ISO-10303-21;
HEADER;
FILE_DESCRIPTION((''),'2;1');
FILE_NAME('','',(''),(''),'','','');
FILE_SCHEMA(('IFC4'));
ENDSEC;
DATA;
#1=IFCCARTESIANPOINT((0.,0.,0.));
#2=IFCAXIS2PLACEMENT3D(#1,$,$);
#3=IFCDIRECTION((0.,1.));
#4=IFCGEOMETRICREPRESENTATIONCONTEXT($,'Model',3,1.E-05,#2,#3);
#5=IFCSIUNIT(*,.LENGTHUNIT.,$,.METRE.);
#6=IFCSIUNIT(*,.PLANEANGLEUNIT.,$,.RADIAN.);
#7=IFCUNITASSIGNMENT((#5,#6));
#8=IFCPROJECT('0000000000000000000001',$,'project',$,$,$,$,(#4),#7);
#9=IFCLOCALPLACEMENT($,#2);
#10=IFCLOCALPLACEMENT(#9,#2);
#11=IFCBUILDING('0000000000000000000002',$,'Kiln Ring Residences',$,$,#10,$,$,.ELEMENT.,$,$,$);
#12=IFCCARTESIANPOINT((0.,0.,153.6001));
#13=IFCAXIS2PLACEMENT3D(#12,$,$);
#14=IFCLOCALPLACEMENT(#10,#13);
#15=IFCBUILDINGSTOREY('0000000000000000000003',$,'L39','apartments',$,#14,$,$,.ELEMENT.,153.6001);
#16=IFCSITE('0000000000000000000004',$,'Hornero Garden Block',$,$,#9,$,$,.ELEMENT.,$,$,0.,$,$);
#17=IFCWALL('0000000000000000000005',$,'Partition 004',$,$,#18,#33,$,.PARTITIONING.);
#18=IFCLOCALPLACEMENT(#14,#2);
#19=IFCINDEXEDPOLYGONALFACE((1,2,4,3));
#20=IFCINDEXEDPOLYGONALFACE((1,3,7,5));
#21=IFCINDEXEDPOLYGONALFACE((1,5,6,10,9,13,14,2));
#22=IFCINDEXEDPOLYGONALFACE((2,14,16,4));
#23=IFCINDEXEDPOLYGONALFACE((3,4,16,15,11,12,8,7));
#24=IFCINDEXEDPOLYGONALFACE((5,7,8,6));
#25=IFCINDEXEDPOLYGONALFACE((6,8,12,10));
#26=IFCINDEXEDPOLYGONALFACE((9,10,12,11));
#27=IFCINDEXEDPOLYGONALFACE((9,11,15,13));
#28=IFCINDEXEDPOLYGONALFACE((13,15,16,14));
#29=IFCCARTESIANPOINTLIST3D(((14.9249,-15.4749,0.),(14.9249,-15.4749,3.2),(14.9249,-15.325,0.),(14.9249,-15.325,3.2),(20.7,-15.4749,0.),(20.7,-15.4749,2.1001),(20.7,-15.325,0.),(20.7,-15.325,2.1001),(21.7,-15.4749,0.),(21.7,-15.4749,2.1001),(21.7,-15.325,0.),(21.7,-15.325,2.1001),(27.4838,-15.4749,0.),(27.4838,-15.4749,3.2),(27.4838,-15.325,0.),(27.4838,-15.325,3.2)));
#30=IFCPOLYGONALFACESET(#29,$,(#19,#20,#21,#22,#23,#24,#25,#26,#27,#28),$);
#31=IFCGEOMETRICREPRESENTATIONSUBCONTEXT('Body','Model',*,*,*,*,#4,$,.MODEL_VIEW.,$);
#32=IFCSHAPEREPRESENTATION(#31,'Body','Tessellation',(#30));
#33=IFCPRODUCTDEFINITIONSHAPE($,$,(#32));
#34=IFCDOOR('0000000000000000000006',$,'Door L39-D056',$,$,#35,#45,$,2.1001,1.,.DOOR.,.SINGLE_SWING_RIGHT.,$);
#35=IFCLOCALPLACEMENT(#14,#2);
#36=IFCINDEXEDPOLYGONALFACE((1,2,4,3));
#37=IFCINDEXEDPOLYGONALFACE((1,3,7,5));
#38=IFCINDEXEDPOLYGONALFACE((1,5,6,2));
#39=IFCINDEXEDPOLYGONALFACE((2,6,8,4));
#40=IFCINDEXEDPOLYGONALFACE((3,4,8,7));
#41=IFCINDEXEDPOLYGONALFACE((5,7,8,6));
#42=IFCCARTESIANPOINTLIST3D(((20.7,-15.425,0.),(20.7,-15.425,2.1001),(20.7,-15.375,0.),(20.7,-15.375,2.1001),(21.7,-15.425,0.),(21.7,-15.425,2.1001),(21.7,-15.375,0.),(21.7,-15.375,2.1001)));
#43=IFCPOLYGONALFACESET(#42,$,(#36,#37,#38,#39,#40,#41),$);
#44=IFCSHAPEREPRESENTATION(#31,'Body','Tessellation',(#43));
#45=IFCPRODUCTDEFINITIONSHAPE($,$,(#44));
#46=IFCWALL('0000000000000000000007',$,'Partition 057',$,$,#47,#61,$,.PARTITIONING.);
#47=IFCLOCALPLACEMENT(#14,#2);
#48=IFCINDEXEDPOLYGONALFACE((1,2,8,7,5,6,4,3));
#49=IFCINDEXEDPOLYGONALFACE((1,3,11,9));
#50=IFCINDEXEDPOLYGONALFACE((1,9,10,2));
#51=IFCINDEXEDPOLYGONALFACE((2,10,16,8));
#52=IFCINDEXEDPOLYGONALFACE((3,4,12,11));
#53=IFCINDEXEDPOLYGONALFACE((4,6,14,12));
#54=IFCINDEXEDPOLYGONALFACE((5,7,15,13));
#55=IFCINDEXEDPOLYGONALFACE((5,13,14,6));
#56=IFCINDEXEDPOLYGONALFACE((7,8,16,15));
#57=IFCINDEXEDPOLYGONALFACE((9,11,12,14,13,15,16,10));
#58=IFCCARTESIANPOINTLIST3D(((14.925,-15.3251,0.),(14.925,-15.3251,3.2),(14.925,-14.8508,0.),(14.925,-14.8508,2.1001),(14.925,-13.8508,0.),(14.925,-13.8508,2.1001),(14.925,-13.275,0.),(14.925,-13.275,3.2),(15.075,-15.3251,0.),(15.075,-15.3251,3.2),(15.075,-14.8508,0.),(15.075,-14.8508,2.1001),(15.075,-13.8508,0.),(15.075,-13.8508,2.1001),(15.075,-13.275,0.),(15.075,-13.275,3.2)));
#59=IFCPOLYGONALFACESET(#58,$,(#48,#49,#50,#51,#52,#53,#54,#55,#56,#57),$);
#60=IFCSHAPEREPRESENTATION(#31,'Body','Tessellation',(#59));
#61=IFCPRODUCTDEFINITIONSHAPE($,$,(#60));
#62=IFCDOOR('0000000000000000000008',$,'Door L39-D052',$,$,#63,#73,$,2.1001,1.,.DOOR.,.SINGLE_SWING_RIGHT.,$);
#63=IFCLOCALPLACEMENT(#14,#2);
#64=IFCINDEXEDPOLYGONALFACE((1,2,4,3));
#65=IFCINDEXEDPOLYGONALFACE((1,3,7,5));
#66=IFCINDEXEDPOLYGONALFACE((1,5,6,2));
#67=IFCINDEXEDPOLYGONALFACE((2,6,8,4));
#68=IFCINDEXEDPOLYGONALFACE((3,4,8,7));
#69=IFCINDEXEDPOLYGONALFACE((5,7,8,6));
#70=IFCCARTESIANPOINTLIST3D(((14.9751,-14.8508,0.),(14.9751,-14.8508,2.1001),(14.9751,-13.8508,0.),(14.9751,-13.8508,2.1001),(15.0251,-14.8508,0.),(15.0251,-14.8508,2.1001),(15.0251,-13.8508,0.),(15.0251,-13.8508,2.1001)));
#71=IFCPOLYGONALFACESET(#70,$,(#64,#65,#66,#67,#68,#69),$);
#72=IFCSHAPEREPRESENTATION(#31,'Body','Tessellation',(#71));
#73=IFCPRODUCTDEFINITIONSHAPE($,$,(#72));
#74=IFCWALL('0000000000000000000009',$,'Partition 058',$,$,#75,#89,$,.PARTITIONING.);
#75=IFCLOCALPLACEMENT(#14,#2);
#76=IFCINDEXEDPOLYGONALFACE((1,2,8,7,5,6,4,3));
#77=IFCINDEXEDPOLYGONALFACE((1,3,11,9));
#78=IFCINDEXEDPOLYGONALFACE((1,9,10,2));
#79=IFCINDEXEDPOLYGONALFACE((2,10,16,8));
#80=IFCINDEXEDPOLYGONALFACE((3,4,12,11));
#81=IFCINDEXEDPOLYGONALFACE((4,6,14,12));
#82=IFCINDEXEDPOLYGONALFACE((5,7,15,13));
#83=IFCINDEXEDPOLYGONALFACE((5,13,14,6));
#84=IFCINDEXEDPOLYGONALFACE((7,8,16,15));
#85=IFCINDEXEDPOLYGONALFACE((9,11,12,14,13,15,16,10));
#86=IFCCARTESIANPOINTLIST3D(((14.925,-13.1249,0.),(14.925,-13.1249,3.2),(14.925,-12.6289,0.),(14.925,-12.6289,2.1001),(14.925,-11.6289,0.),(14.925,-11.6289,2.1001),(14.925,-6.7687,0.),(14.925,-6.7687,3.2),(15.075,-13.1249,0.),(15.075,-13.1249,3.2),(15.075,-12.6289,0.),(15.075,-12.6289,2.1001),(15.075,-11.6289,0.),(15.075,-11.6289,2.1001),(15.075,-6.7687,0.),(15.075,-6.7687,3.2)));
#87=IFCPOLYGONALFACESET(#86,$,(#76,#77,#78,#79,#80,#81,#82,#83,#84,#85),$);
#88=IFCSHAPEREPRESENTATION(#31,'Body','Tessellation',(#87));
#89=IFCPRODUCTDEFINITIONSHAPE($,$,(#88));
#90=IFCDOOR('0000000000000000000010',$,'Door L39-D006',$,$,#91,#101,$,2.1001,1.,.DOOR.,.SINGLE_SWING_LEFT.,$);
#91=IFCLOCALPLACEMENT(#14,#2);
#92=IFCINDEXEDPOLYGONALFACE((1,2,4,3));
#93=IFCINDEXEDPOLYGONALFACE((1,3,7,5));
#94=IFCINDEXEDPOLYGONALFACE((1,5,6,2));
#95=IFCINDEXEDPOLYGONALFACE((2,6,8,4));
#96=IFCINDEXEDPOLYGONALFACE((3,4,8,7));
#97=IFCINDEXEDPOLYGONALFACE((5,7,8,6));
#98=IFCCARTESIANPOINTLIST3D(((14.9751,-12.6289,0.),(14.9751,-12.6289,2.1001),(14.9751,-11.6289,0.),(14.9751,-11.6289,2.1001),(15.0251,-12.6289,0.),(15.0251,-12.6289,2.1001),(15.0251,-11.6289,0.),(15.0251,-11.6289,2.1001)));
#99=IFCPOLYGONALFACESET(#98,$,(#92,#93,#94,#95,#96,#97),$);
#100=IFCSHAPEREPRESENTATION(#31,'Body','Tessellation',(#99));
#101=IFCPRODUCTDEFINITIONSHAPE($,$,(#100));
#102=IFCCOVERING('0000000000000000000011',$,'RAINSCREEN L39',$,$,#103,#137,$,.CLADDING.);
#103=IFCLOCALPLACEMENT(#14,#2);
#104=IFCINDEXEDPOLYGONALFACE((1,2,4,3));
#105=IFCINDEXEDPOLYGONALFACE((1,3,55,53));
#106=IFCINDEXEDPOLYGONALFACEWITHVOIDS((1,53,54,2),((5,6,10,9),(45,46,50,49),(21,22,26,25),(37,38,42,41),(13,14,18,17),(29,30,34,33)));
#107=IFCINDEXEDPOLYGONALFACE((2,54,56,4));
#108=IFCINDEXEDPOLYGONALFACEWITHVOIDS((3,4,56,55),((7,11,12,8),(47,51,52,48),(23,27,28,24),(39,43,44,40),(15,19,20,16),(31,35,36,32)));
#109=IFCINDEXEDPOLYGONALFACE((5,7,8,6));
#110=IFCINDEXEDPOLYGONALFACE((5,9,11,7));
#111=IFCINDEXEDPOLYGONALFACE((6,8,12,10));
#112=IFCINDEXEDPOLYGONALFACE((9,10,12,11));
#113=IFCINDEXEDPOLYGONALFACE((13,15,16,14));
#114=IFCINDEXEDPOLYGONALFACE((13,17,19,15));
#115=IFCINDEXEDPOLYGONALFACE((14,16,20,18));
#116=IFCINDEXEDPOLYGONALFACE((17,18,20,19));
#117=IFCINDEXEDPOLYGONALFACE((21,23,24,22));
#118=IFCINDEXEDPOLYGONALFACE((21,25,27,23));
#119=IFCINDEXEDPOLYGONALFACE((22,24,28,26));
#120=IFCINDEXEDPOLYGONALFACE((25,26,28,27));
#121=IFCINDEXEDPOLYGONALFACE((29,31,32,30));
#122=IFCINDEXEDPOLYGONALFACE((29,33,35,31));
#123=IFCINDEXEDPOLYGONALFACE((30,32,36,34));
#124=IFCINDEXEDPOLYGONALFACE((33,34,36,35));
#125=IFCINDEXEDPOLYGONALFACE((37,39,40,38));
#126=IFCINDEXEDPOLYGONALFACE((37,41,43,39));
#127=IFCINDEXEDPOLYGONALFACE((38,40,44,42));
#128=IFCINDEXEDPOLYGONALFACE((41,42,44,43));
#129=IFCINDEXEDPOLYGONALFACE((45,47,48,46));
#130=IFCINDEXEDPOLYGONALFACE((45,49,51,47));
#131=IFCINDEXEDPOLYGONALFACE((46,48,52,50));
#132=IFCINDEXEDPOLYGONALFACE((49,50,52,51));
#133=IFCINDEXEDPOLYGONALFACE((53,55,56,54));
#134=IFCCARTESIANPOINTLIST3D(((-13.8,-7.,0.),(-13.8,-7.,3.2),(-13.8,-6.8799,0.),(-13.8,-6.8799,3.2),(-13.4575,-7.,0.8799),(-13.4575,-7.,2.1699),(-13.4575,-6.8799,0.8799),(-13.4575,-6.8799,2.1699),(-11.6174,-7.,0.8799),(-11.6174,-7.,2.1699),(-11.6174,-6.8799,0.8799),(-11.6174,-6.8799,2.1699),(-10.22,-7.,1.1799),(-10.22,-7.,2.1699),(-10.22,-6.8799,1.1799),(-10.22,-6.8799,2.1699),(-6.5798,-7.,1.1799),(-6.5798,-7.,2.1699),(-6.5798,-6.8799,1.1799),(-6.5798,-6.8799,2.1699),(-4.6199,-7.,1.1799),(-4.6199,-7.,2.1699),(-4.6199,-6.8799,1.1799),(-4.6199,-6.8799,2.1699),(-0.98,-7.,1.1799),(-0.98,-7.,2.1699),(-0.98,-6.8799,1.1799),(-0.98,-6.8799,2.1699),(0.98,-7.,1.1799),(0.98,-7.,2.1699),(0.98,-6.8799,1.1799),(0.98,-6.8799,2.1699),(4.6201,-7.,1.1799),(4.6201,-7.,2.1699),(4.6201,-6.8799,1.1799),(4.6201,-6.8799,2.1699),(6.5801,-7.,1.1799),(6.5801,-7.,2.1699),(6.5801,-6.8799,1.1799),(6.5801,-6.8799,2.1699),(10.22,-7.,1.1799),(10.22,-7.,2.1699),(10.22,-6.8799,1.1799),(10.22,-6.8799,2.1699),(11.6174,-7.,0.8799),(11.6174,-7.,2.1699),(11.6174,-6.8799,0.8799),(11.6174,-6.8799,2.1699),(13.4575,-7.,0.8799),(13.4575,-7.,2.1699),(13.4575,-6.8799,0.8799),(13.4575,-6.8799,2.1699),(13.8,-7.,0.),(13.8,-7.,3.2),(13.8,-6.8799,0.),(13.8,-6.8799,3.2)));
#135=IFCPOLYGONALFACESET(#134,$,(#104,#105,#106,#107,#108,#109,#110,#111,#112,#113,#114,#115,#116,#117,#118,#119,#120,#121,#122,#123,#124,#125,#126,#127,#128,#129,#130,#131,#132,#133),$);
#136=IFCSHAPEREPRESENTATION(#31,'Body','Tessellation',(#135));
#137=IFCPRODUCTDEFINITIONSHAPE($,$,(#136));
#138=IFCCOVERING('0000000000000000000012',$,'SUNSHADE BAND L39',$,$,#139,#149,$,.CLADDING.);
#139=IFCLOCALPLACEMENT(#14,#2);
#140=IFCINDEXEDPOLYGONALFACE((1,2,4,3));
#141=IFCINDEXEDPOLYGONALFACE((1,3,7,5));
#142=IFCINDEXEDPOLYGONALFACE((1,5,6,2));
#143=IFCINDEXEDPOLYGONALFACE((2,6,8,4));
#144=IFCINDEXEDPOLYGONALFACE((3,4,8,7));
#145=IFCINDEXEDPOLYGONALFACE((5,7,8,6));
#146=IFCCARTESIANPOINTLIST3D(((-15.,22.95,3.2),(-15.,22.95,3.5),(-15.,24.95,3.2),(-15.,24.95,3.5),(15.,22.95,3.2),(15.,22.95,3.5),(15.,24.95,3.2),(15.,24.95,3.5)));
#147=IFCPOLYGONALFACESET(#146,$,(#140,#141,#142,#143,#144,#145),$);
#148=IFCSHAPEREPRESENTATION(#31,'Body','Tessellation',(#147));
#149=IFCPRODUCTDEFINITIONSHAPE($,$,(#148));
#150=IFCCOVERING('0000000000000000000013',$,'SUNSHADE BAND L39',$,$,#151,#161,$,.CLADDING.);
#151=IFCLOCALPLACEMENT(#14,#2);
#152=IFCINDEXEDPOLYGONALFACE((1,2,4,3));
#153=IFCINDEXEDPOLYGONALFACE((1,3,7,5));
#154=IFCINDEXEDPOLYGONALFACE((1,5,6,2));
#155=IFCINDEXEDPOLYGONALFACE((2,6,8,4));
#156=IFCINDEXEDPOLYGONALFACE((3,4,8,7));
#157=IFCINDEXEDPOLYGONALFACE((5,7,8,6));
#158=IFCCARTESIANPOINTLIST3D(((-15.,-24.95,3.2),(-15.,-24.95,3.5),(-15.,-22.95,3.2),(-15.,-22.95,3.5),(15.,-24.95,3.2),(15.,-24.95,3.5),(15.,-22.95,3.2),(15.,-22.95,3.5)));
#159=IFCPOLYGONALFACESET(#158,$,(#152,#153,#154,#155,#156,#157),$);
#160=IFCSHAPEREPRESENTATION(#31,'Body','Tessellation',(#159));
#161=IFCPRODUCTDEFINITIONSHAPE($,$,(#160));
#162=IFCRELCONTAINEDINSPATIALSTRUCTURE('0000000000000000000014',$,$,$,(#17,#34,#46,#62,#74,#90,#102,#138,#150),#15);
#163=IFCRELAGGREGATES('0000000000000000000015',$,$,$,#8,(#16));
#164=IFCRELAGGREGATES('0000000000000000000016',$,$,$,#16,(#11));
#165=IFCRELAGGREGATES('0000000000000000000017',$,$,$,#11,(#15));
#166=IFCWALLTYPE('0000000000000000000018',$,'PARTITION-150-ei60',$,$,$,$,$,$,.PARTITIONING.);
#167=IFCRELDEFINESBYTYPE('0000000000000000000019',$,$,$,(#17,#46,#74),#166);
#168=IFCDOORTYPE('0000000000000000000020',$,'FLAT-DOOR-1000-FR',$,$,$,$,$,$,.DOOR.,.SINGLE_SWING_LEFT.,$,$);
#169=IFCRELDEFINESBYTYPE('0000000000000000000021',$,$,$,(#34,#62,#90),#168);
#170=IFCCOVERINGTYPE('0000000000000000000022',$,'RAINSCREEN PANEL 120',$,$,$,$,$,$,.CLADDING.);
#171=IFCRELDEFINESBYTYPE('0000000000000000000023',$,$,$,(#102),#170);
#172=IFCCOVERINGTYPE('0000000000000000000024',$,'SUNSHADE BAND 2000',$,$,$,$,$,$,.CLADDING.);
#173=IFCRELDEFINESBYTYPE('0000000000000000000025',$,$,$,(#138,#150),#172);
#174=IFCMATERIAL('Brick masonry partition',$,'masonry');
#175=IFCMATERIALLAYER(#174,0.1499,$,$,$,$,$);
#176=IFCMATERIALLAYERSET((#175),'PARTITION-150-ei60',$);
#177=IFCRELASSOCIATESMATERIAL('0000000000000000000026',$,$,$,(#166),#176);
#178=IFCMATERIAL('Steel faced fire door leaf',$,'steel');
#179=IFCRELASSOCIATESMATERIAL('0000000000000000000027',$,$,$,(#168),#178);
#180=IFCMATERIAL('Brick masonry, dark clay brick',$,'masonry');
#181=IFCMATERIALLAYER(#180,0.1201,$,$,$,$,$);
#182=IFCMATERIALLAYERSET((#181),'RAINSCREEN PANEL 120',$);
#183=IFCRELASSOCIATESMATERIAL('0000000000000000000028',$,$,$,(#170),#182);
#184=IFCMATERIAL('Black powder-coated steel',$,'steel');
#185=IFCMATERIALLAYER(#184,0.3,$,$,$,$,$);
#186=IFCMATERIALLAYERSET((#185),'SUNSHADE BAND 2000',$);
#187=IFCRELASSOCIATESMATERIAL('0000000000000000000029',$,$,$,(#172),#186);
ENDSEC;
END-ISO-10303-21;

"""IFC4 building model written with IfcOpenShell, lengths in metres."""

from ifc_helpers import new_model, si_unit, direction, frame, frame_2d, origin, place, context, subcontext, project, spatial, polyline, rectangle, outline, extrude, material, layer, layer_set, type_object, element, fill, save


model = new_model("IFC4")

# Units and contexts
model_context = context("Model", 3, precision=1e-05, world=origin(), true_north=direction((0.0, 1.0)))
body_context = subcontext(model_context, "Body", "Model", "MODEL_VIEW")
ifc_project = project(units=[si_unit("LENGTHUNIT", "METRE"), si_unit("PLANEANGLEUNIT", "RADIAN")], contexts=[model_context])

# Site, building, storey
site_placement = place(None, origin())
site = spatial("IfcSite", under=ifc_project, at=site_placement, Name="Hornero Garden Block", CompositionType="ELEMENT", RefElevation=0.0)
building_placement = place(site_placement, origin())
building = spatial("IfcBuilding", under=site, at=building_placement, Name="Kiln Ring Residences", CompositionType="ELEMENT")
storey_placement = place(building_placement, frame((0.0, 0.0, 153.6001)))
storey = spatial("IfcBuildingStorey", under=building, at=storey_placement, Name="L39", Description="apartments", CompositionType="ELEMENT", Elevation=153.6001)

# Walls, openings, doors
ifc_material_1 = material(Name="Brick masonry partition", Category="masonry")
ifc_layer_1 = layer(ifc_material_1, 0.1499)
ifc_layer_set_1 = layer_set([ifc_layer_1], Name="PARTITION-150-ei60")
wall_type_1 = type_object("IfcWallType", Name="PARTITION-150-ei60", PredefinedType="PARTITIONING", material=ifc_layer_set_1)
wall_1_placement = place(storey_placement, frame((14.925, -15.3999, 0.0), z_axis=(0.0, 0.0, 1.0), x_axis=(1.0, 0.0, 0.0)))
wall_1 = element("IfcWall", 1, at=wall_1_placement, inside=storey, type_object=wall_type_1, Name="Partition 004", PredefinedType="PARTITIONING", context=body_context, shape_type="SweptSolid", body=[
    extrude(rectangle(XDim=12.5588, YDim=0.1499, at=frame_2d((6.2793, 0.0))), origin(), (0.0, 0.0, 1.0), 3.2),
])
opening_1_placement = place(wall_1_placement, frame((5.7749, 0.0, 0.0)))
opening_1 = element("IfcOpeningElement", 2, at=opening_1_placement, cuts=wall_1, PredefinedType="OPENING", context=body_context, shape_type="SweptSolid", body=[
    extrude(rectangle(XDim=1.0, YDim=2.1001, at=frame_2d((0.5, 1.05))), frame((0.0, 0.085, 0.0), z_axis=(0.0, -1.0, 0.0), x_axis=(1.0, 0.0, 0.0)), (0.0, 0.0, 1.0), 0.1699),
])
ifc_material_2 = material(Name="Steel faced fire door leaf", Category="steel")
door_type = type_object("IfcDoorType", Name="FLAT-DOOR-1000-FR", OperationType="SINGLE_SWING_LEFT", PredefinedType="DOOR", material=ifc_material_2)
door_1_placement = place(opening_1_placement, origin())
door_1 = element("IfcDoor", 3, at=door_1_placement, inside=storey, type_object=door_type, Name="Door L39-D056", OperationType="SINGLE_SWING_RIGHT", OverallHeight=2.1001, OverallWidth=1.0, PredefinedType="DOOR", context=body_context, shape_type="SweptSolid", body=[
    extrude(rectangle(XDim=1.0, YDim=2.1001, at=frame_2d((0.5, 1.05))), frame((0.0, 0.0249, 0.0), z_axis=(0.0, -1.0, 0.0), x_axis=(1.0, 0.0, 0.0)), (0.0, 0.0, 1.0), 0.05),
])
fill(opening_1, door_1)
wall_2_placement = place(storey_placement, frame((15.0, -15.325, 0.0), z_axis=(0.0, 0.0, 1.0), x_axis=(0.0, 1.0, 0.0)))
wall_2 = element("IfcWall", 4, at=wall_2_placement, inside=storey, type_object=wall_type_1, Name="Partition 057", PredefinedType="PARTITIONING", context=body_context, shape_type="SweptSolid", body=[
    extrude(rectangle(XDim=2.05, YDim=0.1499, at=frame_2d((1.0249, 0.0))), origin(), (0.0, 0.0, 1.0), 3.2),
])
opening_2_placement = place(wall_2_placement, frame((0.4741, 0.0, 0.0)))
opening_2 = element("IfcOpeningElement", 5, at=opening_2_placement, cuts=wall_2, PredefinedType="OPENING", context=body_context, shape_type="SweptSolid", body=[
    extrude(rectangle(XDim=1.0, YDim=2.1001, at=frame_2d((0.5, 1.05))), frame((0.0, 0.085, 0.0), z_axis=(0.0, -1.0, 0.0), x_axis=(1.0, 0.0, 0.0)), (0.0, 0.0, 1.0), 0.1699),
])
door_2_placement = place(opening_2_placement, origin())
door_2 = element("IfcDoor", 6, at=door_2_placement, inside=storey, type_object=door_type, Name="Door L39-D052", OperationType="SINGLE_SWING_RIGHT", OverallHeight=2.1001, OverallWidth=1.0, PredefinedType="DOOR", context=body_context, shape_type="SweptSolid", body=[
    extrude(rectangle(XDim=1.0, YDim=2.1001, at=frame_2d((0.5, 1.05))), frame((0.0, 0.0249, 0.0), z_axis=(0.0, -1.0, 0.0), x_axis=(1.0, 0.0, 0.0)), (0.0, 0.0, 1.0), 0.05),
])
fill(opening_2, door_2)
wall_3_placement = place(storey_placement, frame((15.0, -13.125, 0.0), z_axis=(0.0, 0.0, 1.0), x_axis=(0.0, 1.0, 0.0)))
wall_3 = element("IfcWall", 7, at=wall_3_placement, inside=storey, type_object=wall_type_1, Name="Partition 058", PredefinedType="PARTITIONING", context=body_context, shape_type="SweptSolid", body=[
    extrude(rectangle(XDim=6.3562, YDim=0.1499, at=frame_2d((3.1782, 0.0))), origin(), (0.0, 0.0, 1.0), 3.2),
])
opening_3_placement = place(wall_3_placement, frame((0.4961, 0.0, 0.0)))
opening_3 = element("IfcOpeningElement", 8, at=opening_3_placement, cuts=wall_3, PredefinedType="OPENING", context=body_context, shape_type="SweptSolid", body=[
    extrude(rectangle(XDim=1.0, YDim=2.1001, at=frame_2d((0.5, 1.05))), frame((0.0, 0.085, 0.0), z_axis=(0.0, -1.0, 0.0), x_axis=(1.0, 0.0, 0.0)), (0.0, 0.0, 1.0), 0.1699),
])
door_3_placement = place(opening_3_placement, origin())
door_3 = element("IfcDoor", 9, at=door_3_placement, inside=storey, type_object=door_type, Name="Door L39-D006", OperationType="SINGLE_SWING_LEFT", OverallHeight=2.1001, OverallWidth=1.0, PredefinedType="DOOR", context=body_context, shape_type="SweptSolid", body=[
    extrude(rectangle(XDim=1.0, YDim=2.1001, at=frame_2d((0.5, 1.05))), frame((0.0, 0.0249, 0.0), z_axis=(0.0, -1.0, 0.0), x_axis=(1.0, 0.0, 0.0)), (0.0, 0.0, 1.0), 0.05),
])
fill(opening_3, door_3)

# Coverings
ifc_material_3 = material(Name="Brick masonry, dark clay brick", Category="masonry")
ifc_layer_2 = layer(ifc_material_3, 0.1201)
ifc_layer_set_2 = layer_set([ifc_layer_2], Name="RAINSCREEN PANEL 120")
covering_type_1 = type_object("IfcCoveringType", Name="RAINSCREEN PANEL 120", PredefinedType="CLADDING", material=ifc_layer_set_2)
covering_1_placement = place(storey_placement, frame((13.8, -6.9399, 0.0), z_axis=(0.0, 0.0, 1.0), x_axis=(-1.0, 0.0, 0.0)))
element("IfcCovering", 10, at=covering_1_placement, inside=storey, type_object=covering_type_1, Name="RAINSCREEN L39", PredefinedType="CLADDING", context=body_context, shape_type="SweptSolid", body=[
    extrude(outline(polyline([(0.0, 0.0), (27.6001, 0.0), (27.6001, 3.2), (0.0, 3.2), (0.0, 0.0)]), holes=[polyline([(2.1826, 0.8799), (2.1826, 2.1699), (0.3425, 2.1699), (0.3425, 0.8799), (2.1826, 0.8799)]), polyline([(25.4175, 0.8799), (27.2576, 0.8799), (27.2576, 2.1699), (25.4175, 2.1699), (25.4175, 0.8799)]), polyline([(3.5801, 1.1799), (7.22, 1.1799), (7.22, 2.1699), (3.5801, 2.1699), (3.5801, 1.1799)]), polyline([(12.8201, 1.1799), (12.8201, 2.1699), (9.1799, 2.1699), (9.1799, 1.1799), (12.8201, 1.1799)]), polyline([(14.78, 1.1799), (18.4199, 1.1799), (18.4199, 2.1699), (14.78, 2.1699), (14.78, 1.1799)]), polyline([(20.3799, 1.1799), (24.02, 1.1799), (24.02, 2.1699), (20.3799, 2.1699), (20.3799, 1.1799)])]), frame((0.0, 0.0601, 0.0), z_axis=(0.0, -1.0, 0.0), x_axis=(1.0, 0.0, 0.0)), (0.0, 0.0, 1.0), 0.1201),
])
ifc_material_4 = material(Name="Black powder-coated steel", Category="steel")
ifc_layer_3 = layer(ifc_material_4, 0.3)
ifc_layer_set_3 = layer_set([ifc_layer_3], Name="SUNSHADE BAND 2000")
covering_type_2 = type_object("IfcCoveringType", Name="SUNSHADE BAND 2000", PredefinedType="CLADDING", material=ifc_layer_set_3)
placement_1 = place(storey_placement, frame((0.0, 0.0, 3.2)))
element("IfcCovering", 11, at=placement_1, inside=storey, type_object=covering_type_2, Name="SUNSHADE BAND L39", PredefinedType="CLADDING", context=body_context, shape_type="SweptSolid", body=[
    extrude(outline(polyline([(15.0, 24.95), (-15.0, 24.95), (-15.0, 22.95), (15.0, 22.95), (15.0, 24.95)])), origin(), (0.0, 0.0, 1.0), 0.3),
])
element("IfcCovering", 12, at=placement_1, inside=storey, type_object=covering_type_2, Name="SUNSHADE BAND L39", PredefinedType="CLADDING", context=body_context, shape_type="SweptSolid", body=[
    extrude(outline(polyline([(-15.0, -24.95), (15.0, -24.95), (15.0, -22.95), (-15.0, -22.95), (-15.0, -24.95)])), origin(), (0.0, 0.0, 1.0), 0.3),
])

save(model, "model.ifc")
